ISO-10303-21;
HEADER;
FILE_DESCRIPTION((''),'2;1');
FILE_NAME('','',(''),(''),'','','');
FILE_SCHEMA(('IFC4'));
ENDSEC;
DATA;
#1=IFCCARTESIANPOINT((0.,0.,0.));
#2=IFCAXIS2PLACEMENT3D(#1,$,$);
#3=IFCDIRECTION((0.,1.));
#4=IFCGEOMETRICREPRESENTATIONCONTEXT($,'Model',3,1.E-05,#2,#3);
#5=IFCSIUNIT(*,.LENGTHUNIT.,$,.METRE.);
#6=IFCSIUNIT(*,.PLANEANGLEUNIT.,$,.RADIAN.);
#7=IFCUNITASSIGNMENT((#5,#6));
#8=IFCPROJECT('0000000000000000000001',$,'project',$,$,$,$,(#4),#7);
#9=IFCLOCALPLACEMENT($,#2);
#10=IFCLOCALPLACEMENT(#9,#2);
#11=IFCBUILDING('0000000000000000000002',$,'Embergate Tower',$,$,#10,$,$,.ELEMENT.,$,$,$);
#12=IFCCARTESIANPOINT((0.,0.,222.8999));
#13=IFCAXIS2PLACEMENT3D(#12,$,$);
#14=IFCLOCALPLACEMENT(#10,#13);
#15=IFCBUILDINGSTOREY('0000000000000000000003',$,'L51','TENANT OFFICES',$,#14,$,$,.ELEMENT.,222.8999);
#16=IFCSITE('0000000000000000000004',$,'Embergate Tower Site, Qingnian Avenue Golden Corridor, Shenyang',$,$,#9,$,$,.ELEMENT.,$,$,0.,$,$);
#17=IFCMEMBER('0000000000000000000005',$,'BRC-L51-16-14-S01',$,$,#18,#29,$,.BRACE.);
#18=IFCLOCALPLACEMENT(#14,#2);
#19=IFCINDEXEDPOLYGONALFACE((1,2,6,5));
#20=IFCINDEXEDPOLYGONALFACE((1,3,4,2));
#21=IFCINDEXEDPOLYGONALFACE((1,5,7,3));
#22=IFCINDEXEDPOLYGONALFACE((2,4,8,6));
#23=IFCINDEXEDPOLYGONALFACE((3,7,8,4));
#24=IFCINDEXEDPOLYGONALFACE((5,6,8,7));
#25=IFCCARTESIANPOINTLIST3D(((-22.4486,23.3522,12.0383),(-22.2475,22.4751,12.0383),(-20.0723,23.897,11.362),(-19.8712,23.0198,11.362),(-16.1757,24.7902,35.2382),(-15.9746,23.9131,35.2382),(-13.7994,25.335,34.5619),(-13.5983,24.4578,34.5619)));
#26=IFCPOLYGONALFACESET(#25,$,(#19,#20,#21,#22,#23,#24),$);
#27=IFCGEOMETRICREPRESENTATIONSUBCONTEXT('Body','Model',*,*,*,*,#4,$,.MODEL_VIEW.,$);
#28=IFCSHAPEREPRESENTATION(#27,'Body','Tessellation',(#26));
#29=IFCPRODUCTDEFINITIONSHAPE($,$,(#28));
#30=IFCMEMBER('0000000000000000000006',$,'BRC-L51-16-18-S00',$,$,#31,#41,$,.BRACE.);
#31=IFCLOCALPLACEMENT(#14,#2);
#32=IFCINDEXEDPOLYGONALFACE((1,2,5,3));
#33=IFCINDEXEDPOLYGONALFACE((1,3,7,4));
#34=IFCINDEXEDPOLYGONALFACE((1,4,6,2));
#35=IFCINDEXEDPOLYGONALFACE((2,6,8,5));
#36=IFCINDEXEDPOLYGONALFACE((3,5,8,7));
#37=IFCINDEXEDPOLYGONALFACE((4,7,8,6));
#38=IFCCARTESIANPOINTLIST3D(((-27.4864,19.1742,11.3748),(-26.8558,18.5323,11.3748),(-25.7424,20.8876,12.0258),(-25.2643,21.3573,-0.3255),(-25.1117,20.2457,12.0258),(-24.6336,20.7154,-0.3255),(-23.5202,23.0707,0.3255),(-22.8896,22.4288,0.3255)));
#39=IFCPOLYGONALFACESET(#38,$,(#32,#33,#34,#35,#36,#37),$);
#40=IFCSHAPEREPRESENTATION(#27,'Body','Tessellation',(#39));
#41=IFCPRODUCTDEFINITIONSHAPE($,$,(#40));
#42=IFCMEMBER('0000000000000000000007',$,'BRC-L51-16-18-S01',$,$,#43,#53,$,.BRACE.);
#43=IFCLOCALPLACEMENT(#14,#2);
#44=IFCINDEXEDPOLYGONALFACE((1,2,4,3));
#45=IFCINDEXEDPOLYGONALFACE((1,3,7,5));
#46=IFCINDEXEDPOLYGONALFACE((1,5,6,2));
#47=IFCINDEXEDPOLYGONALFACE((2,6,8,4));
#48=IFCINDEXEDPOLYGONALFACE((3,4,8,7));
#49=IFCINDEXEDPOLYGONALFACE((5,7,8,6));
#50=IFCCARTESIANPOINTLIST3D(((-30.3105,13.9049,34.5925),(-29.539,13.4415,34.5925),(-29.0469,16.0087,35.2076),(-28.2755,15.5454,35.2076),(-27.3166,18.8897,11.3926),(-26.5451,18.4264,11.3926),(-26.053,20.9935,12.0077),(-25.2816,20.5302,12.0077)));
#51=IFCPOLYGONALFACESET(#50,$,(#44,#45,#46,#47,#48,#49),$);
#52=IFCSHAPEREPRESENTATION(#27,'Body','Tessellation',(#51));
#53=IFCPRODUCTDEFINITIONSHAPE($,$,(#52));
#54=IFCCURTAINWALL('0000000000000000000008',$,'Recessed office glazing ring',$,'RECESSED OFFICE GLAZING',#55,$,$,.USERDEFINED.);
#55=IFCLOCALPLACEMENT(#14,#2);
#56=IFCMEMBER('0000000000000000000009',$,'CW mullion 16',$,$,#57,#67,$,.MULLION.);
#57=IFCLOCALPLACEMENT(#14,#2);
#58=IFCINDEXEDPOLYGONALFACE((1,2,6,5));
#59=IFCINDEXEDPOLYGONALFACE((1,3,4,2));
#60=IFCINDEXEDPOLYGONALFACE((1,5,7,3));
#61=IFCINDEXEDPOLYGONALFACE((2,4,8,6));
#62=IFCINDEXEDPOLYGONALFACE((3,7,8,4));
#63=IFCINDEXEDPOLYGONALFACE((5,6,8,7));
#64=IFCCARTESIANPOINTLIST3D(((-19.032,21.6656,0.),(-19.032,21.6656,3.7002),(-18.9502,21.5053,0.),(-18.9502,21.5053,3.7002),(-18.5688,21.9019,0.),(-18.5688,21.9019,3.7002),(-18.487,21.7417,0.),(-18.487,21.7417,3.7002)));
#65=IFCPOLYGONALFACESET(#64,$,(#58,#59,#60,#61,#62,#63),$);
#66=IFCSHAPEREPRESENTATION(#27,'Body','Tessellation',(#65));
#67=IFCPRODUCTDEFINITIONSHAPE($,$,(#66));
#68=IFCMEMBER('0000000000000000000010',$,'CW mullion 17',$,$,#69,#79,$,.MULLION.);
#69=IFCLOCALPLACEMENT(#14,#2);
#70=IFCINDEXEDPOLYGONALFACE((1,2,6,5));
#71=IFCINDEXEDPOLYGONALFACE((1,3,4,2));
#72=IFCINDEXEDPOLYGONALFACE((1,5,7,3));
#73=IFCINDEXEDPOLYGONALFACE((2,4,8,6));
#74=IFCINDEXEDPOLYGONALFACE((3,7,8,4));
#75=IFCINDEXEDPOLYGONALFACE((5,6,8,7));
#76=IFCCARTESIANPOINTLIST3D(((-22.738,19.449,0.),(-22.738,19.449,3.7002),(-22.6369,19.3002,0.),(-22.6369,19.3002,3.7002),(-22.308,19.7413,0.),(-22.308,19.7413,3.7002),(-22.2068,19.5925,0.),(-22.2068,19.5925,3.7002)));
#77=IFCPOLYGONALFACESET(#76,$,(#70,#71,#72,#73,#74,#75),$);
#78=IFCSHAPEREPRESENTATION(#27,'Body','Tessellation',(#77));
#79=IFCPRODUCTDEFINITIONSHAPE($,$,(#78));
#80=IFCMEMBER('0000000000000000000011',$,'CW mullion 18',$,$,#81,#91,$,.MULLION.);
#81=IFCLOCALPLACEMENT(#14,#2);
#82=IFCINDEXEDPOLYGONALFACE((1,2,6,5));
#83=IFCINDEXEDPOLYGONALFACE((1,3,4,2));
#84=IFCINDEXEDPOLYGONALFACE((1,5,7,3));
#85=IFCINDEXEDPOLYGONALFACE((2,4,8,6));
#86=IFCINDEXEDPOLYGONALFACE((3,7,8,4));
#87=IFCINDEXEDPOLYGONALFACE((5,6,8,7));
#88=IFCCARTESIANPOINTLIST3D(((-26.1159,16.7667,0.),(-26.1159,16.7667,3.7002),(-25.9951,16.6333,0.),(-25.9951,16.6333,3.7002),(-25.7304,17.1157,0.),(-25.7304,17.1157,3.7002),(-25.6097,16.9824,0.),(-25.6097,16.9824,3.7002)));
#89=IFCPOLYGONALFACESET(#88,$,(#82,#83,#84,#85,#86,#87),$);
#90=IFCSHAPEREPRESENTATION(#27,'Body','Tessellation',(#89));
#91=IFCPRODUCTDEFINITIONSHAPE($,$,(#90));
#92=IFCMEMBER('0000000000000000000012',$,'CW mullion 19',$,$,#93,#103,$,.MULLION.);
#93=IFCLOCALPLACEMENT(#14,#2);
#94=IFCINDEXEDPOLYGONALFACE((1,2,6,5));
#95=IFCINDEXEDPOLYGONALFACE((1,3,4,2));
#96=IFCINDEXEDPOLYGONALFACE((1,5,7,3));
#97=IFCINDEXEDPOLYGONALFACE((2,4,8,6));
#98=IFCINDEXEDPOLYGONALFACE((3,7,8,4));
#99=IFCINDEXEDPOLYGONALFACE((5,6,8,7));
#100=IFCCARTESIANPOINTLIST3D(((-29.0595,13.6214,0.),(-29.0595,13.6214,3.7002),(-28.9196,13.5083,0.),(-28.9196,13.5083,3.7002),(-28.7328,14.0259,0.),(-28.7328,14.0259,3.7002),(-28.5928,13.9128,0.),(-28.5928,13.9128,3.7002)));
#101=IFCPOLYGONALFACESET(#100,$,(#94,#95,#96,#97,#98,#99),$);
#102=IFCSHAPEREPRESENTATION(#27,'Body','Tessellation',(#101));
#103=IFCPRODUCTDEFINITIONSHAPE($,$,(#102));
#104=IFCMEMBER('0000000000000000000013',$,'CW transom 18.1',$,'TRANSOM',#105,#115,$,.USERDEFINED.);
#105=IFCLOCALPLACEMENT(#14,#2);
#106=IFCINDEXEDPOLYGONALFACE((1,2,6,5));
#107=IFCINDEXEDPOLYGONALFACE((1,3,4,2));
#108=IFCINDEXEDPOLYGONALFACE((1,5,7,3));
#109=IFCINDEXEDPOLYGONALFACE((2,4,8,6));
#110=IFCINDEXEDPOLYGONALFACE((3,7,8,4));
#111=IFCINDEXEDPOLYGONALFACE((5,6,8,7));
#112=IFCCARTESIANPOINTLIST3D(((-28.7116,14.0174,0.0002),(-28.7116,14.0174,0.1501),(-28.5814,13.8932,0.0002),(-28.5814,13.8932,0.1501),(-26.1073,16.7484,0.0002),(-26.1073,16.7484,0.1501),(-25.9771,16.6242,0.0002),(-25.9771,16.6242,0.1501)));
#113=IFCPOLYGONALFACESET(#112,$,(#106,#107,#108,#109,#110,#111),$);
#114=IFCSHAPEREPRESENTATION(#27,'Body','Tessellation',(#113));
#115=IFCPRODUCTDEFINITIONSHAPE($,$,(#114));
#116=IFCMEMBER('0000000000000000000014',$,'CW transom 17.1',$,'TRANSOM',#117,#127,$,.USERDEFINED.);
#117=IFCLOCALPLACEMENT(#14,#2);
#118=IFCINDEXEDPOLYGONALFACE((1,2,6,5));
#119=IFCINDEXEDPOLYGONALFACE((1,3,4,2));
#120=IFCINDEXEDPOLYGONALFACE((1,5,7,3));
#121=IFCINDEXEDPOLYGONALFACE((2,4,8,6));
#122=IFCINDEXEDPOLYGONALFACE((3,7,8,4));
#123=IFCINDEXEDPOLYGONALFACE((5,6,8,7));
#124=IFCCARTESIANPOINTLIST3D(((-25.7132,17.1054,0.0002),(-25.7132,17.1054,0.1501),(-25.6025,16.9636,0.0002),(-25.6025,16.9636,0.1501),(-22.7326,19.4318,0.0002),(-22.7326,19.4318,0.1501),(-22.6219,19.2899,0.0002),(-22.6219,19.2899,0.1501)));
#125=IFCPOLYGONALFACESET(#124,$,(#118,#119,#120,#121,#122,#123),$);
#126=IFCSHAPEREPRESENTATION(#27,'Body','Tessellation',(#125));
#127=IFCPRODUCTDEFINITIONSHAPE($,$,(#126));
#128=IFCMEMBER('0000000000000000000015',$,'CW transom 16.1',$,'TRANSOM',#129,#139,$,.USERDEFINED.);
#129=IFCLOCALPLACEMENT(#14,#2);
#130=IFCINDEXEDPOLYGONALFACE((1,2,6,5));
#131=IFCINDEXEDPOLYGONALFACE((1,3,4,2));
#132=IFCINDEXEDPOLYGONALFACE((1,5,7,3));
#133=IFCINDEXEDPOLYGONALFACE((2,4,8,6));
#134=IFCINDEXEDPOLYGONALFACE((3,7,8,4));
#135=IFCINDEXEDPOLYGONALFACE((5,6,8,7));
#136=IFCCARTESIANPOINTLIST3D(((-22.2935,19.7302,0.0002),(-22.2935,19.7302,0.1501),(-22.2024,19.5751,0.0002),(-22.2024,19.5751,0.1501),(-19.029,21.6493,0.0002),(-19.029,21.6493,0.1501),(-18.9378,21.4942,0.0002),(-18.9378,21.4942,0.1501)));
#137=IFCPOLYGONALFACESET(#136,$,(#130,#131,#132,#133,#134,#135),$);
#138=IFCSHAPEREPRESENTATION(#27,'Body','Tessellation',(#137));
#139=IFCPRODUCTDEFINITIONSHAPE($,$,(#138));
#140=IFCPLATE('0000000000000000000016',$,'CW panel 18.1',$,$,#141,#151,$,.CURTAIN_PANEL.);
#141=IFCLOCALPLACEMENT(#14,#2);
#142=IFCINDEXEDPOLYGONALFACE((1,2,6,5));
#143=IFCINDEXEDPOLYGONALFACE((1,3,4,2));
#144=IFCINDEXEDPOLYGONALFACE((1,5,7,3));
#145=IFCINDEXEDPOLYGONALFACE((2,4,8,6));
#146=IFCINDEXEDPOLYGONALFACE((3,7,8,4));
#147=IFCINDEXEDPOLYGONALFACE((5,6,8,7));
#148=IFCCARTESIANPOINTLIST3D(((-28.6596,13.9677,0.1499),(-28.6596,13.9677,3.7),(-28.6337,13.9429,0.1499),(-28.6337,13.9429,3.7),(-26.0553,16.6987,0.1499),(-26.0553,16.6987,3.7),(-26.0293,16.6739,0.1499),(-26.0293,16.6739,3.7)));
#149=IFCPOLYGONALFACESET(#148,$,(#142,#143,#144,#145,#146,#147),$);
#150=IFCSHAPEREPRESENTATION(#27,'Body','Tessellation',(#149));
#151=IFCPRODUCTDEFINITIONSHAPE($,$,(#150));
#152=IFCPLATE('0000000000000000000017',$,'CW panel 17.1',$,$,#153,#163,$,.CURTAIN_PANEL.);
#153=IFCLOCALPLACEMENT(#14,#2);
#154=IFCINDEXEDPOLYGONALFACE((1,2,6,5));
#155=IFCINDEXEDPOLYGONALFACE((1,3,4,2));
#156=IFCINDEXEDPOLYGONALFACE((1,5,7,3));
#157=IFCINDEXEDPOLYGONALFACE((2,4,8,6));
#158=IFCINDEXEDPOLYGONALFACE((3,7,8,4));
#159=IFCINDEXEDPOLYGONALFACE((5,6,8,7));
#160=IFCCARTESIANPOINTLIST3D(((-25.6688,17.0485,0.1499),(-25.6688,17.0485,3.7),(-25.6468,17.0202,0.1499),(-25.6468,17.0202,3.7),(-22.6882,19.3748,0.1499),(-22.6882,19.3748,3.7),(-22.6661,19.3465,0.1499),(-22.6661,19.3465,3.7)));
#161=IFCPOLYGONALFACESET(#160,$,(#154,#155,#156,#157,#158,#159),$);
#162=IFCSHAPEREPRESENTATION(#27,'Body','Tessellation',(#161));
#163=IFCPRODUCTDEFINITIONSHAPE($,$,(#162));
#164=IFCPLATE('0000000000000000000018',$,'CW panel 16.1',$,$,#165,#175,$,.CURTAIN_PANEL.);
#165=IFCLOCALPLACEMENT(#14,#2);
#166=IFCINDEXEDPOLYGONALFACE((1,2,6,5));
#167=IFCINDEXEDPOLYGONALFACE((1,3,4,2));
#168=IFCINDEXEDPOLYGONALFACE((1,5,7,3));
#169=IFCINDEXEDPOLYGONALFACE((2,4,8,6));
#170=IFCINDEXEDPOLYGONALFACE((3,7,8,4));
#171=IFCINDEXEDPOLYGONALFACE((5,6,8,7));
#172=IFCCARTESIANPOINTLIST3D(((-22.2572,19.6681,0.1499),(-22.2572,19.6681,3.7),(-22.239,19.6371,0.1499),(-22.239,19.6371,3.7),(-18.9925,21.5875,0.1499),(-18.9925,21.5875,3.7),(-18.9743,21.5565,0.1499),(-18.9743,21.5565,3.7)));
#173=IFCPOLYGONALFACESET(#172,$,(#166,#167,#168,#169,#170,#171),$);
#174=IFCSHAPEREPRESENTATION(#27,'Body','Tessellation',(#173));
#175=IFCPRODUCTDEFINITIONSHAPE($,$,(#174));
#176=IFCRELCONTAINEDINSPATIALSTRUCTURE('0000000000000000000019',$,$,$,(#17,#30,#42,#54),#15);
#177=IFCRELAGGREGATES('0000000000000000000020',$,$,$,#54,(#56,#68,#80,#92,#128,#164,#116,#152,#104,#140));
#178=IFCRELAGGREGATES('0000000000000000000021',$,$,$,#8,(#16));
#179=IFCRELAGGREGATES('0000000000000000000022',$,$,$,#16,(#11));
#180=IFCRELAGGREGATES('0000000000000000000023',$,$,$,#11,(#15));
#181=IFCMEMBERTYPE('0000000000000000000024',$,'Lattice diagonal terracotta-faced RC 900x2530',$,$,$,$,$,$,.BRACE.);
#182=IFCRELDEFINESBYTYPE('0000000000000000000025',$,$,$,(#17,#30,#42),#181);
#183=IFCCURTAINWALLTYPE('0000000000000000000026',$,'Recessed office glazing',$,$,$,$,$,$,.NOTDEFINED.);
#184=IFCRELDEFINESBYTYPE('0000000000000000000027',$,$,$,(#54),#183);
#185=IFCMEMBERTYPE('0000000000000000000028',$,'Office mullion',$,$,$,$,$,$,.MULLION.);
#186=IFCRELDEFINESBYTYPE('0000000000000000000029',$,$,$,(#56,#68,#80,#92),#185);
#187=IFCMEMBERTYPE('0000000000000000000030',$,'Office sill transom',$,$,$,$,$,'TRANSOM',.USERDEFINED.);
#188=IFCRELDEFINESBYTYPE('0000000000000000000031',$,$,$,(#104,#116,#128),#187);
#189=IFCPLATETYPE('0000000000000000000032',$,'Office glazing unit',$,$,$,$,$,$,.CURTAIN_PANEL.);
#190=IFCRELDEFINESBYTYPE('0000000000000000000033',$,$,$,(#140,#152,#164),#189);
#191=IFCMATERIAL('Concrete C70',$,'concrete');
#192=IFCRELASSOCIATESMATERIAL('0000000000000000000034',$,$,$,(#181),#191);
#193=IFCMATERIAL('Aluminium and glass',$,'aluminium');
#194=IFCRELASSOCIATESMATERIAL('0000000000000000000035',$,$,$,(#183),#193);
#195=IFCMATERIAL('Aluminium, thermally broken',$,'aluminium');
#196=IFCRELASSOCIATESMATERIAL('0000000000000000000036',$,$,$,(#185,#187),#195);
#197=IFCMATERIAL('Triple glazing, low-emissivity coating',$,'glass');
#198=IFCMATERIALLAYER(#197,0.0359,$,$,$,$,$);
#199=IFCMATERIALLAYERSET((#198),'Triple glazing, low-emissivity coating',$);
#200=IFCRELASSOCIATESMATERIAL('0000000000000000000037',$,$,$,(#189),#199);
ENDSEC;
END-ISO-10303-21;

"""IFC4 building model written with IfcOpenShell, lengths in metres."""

from ifc_helpers import new_model, si_unit, direction, frame, origin, origin_2d, place, context, subcontext, project, spatial, rectangle, extrude, source, transform, mapped, material, layer, layer_set, material_profile, profile_set, type_object, element, aggregate, save


model = new_model("IFC4")

# Units and contexts
model_context = context("Model", 3, precision=1e-05, world=origin(), true_north=direction((0.0, 1.0)))
body_context = subcontext(model_context, "Body", "Model", "MODEL_VIEW")
ifc_project = project(units=[si_unit("LENGTHUNIT", "METRE"), si_unit("PLANEANGLEUNIT", "RADIAN")], contexts=[model_context])

# Site, building, storey
site_placement = place(None, origin())
site = spatial("IfcSite", under=ifc_project, at=site_placement, Name="Embergate Tower Site, Qingnian Avenue Golden Corridor, Shenyang", CompositionType="ELEMENT", RefElevation=0.0)
building_placement = place(site_placement, origin())
building = spatial("IfcBuilding", under=site, at=building_placement, Name="Embergate Tower", CompositionType="ELEMENT")
storey_placement = place(building_placement, frame((0.0, 0.0, 222.8999)))
storey = spatial("IfcBuildingStorey", under=building, at=storey_placement, Name="L51", Description="TENANT OFFICES", CompositionType="ELEMENT", Elevation=222.8999)

# Members
ifc_material_1 = material(Name="Concrete C70", Category="concrete")
ifc_material_profile_1 = material_profile(ifc_material_1, rectangle(XDim=0.8999, YDim=2.53, at=origin_2d()), Name="RC 900x2530")
ifc_profile_set_1 = profile_set([ifc_material_profile_1], Name="Concrete C70")
member_type_1 = type_object("IfcMemberType", Name="Lattice diagonal terracotta-faced RC 900x2530", PredefinedType="BRACE", material=ifc_profile_set_1)
shared_shape_1 = source(origin(), body_context, "Body", "SweptSolid", [
    extrude(rectangle(XDim=0.8999, YDim=2.53, at=origin_2d()), origin(), (0.0, 0.0, 1.0), 24.0759),
])
member_1_placement = place(storey_placement, frame((-21.1599, 23.186, 11.7002), z_axis=(0.260547, 0.059727, 0.963612), x_axis=(-0.223441, 0.974718, 0.0)))
element("IfcMember", 1, at=member_1_placement, inside=storey, type_object=member_type_1, Name="BRC-L51-16-14-S01", PredefinedType="BRACE", context=body_context, shape_type="MappedRepresentation", body=[
    mapped(shared_shape_1, transform((0.0, 0.0, 0.0))),
])
shared_shape_2 = source(origin(), body_context, "Body", "SweptSolid", [
    extrude(rectangle(XDim=0.8999, YDim=2.53, at=origin_2d()), origin(), (0.0, 0.0, 1.0), 12.1079),
])
member_2_placement = place(storey_placement, frame((-24.0769, 21.8931, 0.0), z_axis=(-0.183532, -0.180306, 0.966336), x_axis=(0.700809, -0.713349, 0.0)))
element("IfcMember", 2, at=member_2_placement, inside=storey, type_object=member_type_1, Name="BRC-L51-16-18-S00", PredefinedType="BRACE", context=body_context, shape_type="MappedRepresentation", body=[
    mapped(shared_shape_2, transform((0.0, 0.0, 0.0))),
])
shared_shape_3 = source(origin(), body_context, "Body", "SweptSolid", [
    extrude(rectangle(XDim=0.8999, YDim=2.53, at=origin_2d()), origin(), (0.0, 0.0, 1.0), 23.9175),
])
member_3_placement = place(storey_placement, frame((-26.2991, 19.71, 11.7002), z_axis=(-0.125176, -0.208418, 0.969996), x_axis=(0.857267, -0.514872, 0.0)))
element("IfcMember", 3, at=member_3_placement, inside=storey, type_object=member_type_1, Name="BRC-L51-16-18-S01", PredefinedType="BRACE", context=body_context, shape_type="MappedRepresentation", body=[
    mapped(shared_shape_3, transform((0.0, 0.0, 0.0))),
])

# Curtain wall, members, plates
ifc_material_2 = material(Name="Aluminium and glass", Category="aluminium")
curtain_wall_type = type_object("IfcCurtainWallType", Name="Recessed office glazing", PredefinedType="NOTDEFINED", material=ifc_material_2)
curtain_wall_placement = place(storey_placement, origin())
curtain_wall = element("IfcCurtainWall", 4, at=curtain_wall_placement, inside=storey, type_object=curtain_wall_type, Name="Recessed office glazing ring", ObjectType="RECESSED OFFICE GLAZING", PredefinedType="USERDEFINED")
ifc_material_3 = material(Name="Aluminium, thermally broken", Category="aluminium")
ifc_material_profile_2 = material_profile(ifc_material_3, rectangle(XDim=0.1799, YDim=0.52, at=origin_2d()), Name="AL 520x180")
ifc_profile_set_2 = profile_set([ifc_material_profile_2], Name="Aluminium, thermally broken")
member_type_2 = type_object("IfcMemberType", Name="Office mullion", PredefinedType="MULLION", material=ifc_profile_set_2)
shared_shape_4 = source(origin(), body_context, "Body", "SweptSolid", [
    extrude(rectangle(XDim=0.1799, YDim=0.52, at=origin_2d()), origin(), (0.0, 0.0, 1.0), 3.7002),
])
member_4_placement = place(storey_placement, frame((-18.7595, 21.7036, 0.0), z_axis=(0.0, 0.0, 1.0), x_axis=(0.454513, -0.89074, 0.0)))
member_4 = element("IfcMember", 5, at=member_4_placement, type_object=member_type_2, Name="CW mullion 16", PredefinedType="MULLION", context=body_context, shape_type="MappedRepresentation", body=[
    mapped(shared_shape_4, transform((0.0, 0.0, 0.0))),
])
member_5_placement = place(storey_placement, frame((-22.4724, 19.5208, 0.0), z_axis=(0.0, 0.0, 1.0), x_axis=(0.562219, -0.826988, 0.0)))
member_5 = element("IfcMember", 6, at=member_5_placement, type_object=member_type_2, Name="CW mullion 17", PredefinedType="MULLION", context=body_context, shape_type="MappedRepresentation", body=[
    mapped(shared_shape_4, transform((0.0, 0.0, 0.0))),
])
member_6_placement = place(storey_placement, frame((-25.8628, 16.8745, 0.0), z_axis=(0.0, 0.0, 1.0), x_axis=(0.671228, -0.741251, 0.0)))
member_6 = element("IfcMember", 7, at=member_6_placement, type_object=member_type_2, Name="CW mullion 18", PredefinedType="MULLION", context=body_context, shape_type="MappedRepresentation", body=[
    mapped(shared_shape_4, transform((0.0, 0.0, 0.0))),
])
member_7_placement = place(storey_placement, frame((-28.8262, 13.7671, 0.0), z_axis=(0.0, 0.0, 1.0), x_axis=(0.777873, -0.628422, 0.0)))
member_7 = element("IfcMember", 8, at=member_7_placement, type_object=member_type_2, Name="CW mullion 19", PredefinedType="MULLION", context=body_context, shape_type="MappedRepresentation", body=[
    mapped(shared_shape_4, transform((0.0, 0.0, 0.0))),
])
ifc_material_profile_3 = material_profile(ifc_material_3, rectangle(XDim=0.1799, YDim=0.1499, at=origin_2d()), Name="AL 150x180")
ifc_profile_set_3 = profile_set([ifc_material_profile_3], Name="Aluminium, thermally broken")
member_type_3 = type_object("IfcMemberType", Name="Office sill transom", ElementType="TRANSOM", PredefinedType="USERDEFINED", material=ifc_profile_set_3)
shared_shape_5 = source(origin(), body_context, "Body", "SweptSolid", [
    extrude(rectangle(XDim=0.1799, YDim=0.1499, at=origin_2d()), origin(), (0.0, 0.0, 1.0), 3.7737),
])
member_8_placement = place(storey_placement, frame((-26.0422, 16.6863, 0.0752), z_axis=(-0.690119, -0.723696, 0.0), x_axis=(0.723696, -0.690119, 0.0)))
member_8 = element("IfcMember", 9, at=member_8_placement, type_object=member_type_3, Name="CW transom 18.1", ObjectType="TRANSOM", PredefinedType="USERDEFINED", context=body_context, shape_type="MappedRepresentation", body=[
    mapped(shared_shape_5, transform((0.0, 0.0, 0.0))),
])
shared_shape_6 = source(origin(), body_context, "Body", "SweptSolid", [
    extrude(rectangle(XDim=0.1799, YDim=0.1499, at=origin_2d()), origin(), (0.0, 0.0, 1.0), 3.781),
])
member_9_placement = place(storey_placement, frame((-22.6772, 19.3608, 0.0752), z_axis=(-0.788315, -0.615272, 0.0), x_axis=(0.615272, -0.788315, 0.0)))
member_9 = element("IfcMember", 10, at=member_9_placement, type_object=member_type_3, Name="CW transom 17.1", ObjectType="TRANSOM", PredefinedType="USERDEFINED", context=body_context, shape_type="MappedRepresentation", body=[
    mapped(shared_shape_6, transform((0.0, 0.0, 0.0))),
])
shared_shape_7 = source(origin(), body_context, "Body", "SweptSolid", [
    extrude(rectangle(XDim=0.1799, YDim=0.1499, at=origin_2d()), origin(), (0.0, 0.0, 1.0), 3.7869),
])
member_10_placement = place(storey_placement, frame((-18.9834, 21.5718, 0.0752), z_axis=(-0.862072, -0.506786, 0.0), x_axis=(0.506786, -0.862072, 0.0)))
member_10 = element("IfcMember", 11, at=member_10_placement, type_object=member_type_3, Name="CW transom 16.1", ObjectType="TRANSOM", PredefinedType="USERDEFINED", context=body_context, shape_type="MappedRepresentation", body=[
    mapped(shared_shape_7, transform((0.0, 0.0, 0.0))),
])
ifc_material_4 = material(Name="Triple glazing, low-emissivity coating", Category="glass")
ifc_layer_1 = layer(ifc_material_4, 0.0359)
ifc_layer_set_1 = layer_set([ifc_layer_1], Name="Triple glazing, low-emissivity coating")
plate_type = type_object("IfcPlateType", Name="Office glazing unit", PredefinedType="CURTAIN_PANEL", material=ifc_layer_set_1)
shared_shape_8 = source(origin(), body_context, "Body", "SweptSolid", [
    extrude(rectangle(XDim=3.7737, YDim=0.0359, at=origin_2d()), origin(), (0.0, 0.0, 1.0), 3.55),
])
plate_1_placement = place(storey_placement, frame((-27.3445, 15.3208, 0.1499), z_axis=(0.0, 0.0, 1.0), x_axis=(-0.69013, -0.723685, 0.0)))
plate_1 = element("IfcPlate", 12, at=plate_1_placement, type_object=plate_type, Name="CW panel 18.1", PredefinedType="CURTAIN_PANEL", context=body_context, shape_type="MappedRepresentation", body=[
    mapped(shared_shape_8, transform((0.0, 0.0, 0.0))),
])
shared_shape_9 = source(origin(), body_context, "Body", "SweptSolid", [
    extrude(rectangle(XDim=3.781, YDim=0.0359, at=origin_2d()), origin(), (0.0, 0.0, 1.0), 3.55),
])
plate_2_placement = place(storey_placement, frame((-24.1675, 18.1975, 0.1499), z_axis=(0.0, 0.0, 1.0), x_axis=(-0.788317, -0.615269, 0.0)))
plate_2 = element("IfcPlate", 13, at=plate_2_placement, type_object=plate_type, Name="CW panel 17.1", PredefinedType="CURTAIN_PANEL", context=body_context, shape_type="MappedRepresentation", body=[
    mapped(shared_shape_9, transform((0.0, 0.0, 0.0))),
])
shared_shape_10 = source(origin(), body_context, "Body", "SweptSolid", [
    extrude(rectangle(XDim=3.7871, YDim=0.0359, at=origin_2d()), origin(), (0.0, 0.0, 1.0), 3.55),
])
plate_3_placement = place(storey_placement, frame((-20.6157, 20.6123, 0.1499), z_axis=(0.0, 0.0, 1.0), x_axis=(-0.862051, -0.506822, 0.0)))
plate_3 = element("IfcPlate", 14, at=plate_3_placement, type_object=plate_type, Name="CW panel 16.1", PredefinedType="CURTAIN_PANEL", context=body_context, shape_type="MappedRepresentation", body=[
    mapped(shared_shape_10, transform((0.0, 0.0, 0.0))),
])
aggregate(curtain_wall, [member_4, member_5, member_6, member_7, member_10, plate_3, member_9, plate_2, member_8, plate_1])

save(model, "model.ifc")
